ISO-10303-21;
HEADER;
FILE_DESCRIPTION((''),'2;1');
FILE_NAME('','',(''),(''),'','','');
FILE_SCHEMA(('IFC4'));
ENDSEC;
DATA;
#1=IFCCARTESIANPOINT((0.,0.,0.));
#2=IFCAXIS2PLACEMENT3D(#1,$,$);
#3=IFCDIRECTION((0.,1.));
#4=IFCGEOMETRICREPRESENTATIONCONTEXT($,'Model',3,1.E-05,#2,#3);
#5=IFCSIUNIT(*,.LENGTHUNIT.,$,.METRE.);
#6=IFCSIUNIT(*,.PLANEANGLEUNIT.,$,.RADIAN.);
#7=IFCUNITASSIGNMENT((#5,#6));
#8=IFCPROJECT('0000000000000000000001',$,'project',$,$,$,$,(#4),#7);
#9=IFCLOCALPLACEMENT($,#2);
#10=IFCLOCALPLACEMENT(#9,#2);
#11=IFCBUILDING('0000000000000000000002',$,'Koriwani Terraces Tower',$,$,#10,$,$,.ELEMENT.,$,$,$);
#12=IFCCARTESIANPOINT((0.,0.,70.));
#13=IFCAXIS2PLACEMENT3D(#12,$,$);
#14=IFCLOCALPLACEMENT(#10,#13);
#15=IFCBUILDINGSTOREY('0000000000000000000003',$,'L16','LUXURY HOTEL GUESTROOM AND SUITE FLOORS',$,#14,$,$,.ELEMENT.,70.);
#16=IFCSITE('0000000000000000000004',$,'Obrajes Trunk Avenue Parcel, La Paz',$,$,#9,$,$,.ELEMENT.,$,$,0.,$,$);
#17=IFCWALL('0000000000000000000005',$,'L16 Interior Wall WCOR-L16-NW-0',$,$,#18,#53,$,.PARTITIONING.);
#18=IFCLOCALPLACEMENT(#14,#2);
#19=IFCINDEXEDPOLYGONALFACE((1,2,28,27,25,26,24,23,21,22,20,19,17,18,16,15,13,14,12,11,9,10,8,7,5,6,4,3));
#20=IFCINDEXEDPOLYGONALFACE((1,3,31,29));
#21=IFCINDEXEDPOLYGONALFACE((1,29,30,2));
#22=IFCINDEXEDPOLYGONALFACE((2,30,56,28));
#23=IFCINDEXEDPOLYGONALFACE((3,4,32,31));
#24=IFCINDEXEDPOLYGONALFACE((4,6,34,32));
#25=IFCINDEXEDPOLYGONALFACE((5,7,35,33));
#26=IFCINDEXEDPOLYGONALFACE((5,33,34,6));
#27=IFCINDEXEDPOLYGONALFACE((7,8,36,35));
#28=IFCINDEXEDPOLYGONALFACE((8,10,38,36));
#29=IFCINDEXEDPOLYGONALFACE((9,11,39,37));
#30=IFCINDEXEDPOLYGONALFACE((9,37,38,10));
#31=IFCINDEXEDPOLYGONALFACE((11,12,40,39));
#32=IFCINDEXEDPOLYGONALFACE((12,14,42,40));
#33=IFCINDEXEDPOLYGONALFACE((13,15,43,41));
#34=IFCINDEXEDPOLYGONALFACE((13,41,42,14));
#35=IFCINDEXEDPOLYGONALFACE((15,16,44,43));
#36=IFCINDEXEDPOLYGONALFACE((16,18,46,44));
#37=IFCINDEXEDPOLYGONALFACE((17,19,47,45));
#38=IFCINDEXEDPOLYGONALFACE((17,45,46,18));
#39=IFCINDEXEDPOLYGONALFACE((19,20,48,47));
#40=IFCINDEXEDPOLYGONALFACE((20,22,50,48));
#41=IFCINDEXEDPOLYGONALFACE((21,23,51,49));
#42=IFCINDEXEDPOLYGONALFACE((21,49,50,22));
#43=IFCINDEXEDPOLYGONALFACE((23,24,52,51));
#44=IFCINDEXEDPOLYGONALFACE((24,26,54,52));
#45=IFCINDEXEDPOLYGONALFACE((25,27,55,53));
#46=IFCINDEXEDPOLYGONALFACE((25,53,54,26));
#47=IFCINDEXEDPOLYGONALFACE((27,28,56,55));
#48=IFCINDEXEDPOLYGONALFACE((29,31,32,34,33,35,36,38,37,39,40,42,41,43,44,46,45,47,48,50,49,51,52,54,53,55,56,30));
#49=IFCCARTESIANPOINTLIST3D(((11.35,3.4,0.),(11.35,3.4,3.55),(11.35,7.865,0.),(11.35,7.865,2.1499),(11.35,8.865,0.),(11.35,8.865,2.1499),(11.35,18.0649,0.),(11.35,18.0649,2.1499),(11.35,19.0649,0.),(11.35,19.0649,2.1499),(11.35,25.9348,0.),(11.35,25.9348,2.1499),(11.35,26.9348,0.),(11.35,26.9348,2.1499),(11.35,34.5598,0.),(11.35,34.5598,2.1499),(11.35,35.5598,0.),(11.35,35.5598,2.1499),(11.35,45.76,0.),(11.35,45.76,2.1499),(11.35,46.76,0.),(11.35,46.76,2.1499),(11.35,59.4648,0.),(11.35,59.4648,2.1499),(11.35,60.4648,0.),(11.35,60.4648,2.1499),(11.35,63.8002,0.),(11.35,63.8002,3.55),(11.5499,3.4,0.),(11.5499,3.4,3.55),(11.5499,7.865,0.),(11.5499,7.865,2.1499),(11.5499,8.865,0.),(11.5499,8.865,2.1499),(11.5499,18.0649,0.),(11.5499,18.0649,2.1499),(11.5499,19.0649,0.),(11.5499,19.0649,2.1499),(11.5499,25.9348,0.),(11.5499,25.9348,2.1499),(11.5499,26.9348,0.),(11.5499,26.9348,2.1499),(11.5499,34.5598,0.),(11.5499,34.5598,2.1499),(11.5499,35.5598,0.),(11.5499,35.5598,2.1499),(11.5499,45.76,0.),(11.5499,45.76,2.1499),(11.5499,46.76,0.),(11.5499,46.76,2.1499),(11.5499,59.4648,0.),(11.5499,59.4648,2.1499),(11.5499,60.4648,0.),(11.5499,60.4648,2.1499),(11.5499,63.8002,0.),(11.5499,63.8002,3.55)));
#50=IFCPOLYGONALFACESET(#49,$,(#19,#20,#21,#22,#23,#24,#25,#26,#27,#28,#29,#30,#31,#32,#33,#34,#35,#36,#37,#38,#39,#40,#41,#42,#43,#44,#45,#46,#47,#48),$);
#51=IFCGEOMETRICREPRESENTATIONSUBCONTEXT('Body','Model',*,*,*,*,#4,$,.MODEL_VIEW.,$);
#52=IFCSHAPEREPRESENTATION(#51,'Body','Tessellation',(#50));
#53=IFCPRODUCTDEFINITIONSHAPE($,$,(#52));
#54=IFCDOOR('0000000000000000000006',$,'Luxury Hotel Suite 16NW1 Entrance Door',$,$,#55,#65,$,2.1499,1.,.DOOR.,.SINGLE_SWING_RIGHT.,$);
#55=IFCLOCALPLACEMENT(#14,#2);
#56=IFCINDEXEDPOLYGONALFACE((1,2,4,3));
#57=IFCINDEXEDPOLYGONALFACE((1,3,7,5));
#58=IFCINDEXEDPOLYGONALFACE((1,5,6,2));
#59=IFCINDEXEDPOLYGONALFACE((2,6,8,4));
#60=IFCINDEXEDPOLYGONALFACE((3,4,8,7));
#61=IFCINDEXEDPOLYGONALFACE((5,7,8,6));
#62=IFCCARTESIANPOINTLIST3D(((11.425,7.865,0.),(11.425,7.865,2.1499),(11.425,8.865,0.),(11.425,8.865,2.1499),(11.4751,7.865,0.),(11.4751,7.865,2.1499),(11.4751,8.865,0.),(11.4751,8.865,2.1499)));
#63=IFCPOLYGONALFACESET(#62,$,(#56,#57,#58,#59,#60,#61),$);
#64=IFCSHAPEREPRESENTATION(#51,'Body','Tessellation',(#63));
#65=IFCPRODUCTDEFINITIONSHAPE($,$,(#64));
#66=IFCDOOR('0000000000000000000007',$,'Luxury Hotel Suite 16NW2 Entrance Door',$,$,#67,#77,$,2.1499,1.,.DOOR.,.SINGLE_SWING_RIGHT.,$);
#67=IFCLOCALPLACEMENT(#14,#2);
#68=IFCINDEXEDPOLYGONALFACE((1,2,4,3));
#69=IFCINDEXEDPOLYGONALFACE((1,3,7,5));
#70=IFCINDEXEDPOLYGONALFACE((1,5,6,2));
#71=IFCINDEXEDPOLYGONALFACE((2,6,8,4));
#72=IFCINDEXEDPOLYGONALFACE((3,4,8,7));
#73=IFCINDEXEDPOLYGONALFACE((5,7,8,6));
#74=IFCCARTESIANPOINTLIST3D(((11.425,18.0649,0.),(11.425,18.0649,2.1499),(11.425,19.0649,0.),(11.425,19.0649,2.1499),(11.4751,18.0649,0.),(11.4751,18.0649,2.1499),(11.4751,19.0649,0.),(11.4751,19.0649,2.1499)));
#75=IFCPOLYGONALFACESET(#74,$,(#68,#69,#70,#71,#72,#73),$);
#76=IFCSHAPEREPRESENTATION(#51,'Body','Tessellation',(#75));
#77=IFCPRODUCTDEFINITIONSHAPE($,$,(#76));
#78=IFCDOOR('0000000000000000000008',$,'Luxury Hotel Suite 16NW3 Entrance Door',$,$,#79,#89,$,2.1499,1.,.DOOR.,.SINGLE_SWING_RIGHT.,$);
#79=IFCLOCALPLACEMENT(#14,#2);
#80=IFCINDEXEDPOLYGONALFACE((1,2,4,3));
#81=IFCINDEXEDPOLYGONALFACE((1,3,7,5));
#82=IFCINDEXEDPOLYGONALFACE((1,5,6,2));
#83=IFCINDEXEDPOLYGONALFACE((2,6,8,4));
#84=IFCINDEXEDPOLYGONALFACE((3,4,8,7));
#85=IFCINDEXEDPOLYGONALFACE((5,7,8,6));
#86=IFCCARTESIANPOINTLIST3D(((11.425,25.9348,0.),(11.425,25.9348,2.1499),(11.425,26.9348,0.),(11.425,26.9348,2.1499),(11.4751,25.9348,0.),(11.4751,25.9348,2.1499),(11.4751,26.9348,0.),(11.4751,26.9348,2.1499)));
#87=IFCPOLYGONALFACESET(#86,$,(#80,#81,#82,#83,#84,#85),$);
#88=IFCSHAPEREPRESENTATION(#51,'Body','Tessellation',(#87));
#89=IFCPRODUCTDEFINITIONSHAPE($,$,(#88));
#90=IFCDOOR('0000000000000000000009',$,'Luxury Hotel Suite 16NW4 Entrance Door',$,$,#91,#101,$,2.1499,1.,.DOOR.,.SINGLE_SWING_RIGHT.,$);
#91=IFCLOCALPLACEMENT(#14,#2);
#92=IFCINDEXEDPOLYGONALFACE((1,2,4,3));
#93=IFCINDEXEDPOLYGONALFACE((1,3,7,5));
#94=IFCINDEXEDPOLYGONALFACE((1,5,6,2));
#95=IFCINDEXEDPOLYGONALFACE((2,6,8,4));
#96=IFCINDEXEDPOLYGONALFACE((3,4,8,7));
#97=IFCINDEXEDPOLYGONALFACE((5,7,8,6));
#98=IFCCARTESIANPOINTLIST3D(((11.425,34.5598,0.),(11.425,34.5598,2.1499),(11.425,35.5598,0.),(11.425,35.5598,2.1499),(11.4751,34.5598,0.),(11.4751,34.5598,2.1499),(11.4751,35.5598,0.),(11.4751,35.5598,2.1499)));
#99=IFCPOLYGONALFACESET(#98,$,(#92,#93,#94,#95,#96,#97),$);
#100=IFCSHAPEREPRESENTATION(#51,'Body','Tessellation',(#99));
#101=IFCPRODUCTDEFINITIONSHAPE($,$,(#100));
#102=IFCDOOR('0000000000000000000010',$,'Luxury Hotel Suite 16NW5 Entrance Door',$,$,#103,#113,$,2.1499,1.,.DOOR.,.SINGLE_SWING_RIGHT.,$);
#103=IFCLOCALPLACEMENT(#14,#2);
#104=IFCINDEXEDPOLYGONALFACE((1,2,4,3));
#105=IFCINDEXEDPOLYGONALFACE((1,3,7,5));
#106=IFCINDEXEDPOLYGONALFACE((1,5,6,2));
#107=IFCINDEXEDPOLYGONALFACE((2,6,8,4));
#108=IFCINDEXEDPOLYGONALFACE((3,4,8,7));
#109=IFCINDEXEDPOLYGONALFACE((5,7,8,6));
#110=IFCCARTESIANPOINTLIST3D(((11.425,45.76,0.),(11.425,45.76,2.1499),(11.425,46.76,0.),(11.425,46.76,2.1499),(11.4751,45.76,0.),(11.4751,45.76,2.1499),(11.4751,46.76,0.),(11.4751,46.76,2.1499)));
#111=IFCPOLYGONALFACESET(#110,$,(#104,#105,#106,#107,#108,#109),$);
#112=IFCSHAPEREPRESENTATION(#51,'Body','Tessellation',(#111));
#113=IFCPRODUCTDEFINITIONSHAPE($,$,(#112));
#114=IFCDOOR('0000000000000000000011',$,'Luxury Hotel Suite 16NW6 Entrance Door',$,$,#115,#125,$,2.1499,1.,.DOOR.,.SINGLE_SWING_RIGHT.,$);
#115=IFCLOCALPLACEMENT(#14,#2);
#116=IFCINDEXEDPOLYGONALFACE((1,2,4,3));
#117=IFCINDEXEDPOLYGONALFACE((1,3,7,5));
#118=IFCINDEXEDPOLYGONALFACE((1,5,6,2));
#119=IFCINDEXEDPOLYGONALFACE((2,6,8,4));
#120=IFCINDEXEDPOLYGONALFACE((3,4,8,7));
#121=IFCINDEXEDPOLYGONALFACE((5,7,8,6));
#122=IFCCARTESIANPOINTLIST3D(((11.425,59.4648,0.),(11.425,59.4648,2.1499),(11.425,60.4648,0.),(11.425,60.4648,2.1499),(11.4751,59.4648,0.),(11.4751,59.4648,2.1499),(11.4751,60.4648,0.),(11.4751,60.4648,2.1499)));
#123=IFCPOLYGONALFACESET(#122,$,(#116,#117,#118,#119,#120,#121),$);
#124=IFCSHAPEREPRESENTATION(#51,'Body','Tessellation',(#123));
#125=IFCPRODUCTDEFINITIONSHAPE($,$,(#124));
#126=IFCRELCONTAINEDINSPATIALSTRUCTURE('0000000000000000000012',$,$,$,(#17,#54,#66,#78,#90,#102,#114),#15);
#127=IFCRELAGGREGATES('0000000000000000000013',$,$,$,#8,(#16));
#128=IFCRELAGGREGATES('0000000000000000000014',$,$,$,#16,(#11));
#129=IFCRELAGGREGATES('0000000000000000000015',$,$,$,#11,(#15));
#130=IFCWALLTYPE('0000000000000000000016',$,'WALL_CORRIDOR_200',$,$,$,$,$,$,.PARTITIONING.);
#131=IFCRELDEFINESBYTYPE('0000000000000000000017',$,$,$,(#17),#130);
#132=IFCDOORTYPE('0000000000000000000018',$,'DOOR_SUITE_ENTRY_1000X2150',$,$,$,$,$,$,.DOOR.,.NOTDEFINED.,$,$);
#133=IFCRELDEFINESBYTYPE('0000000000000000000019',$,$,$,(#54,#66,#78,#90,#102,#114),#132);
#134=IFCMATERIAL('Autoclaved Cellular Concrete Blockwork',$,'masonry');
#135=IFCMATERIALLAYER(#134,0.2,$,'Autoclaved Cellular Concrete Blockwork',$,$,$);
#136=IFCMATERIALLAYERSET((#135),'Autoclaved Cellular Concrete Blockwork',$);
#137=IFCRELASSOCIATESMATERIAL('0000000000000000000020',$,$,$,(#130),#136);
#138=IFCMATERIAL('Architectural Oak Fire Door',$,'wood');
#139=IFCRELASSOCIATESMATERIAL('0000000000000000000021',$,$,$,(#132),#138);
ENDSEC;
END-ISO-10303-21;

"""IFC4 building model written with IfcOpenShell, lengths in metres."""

from ifc_helpers import new_model, si_unit, direction, frame, frame_2d, origin, place, context, subcontext, project, spatial, rectangle, extrude, material, layer, layer_set, type_object, element, fill, save


model = new_model("IFC4")

# Units and contexts
model_context = context("Model", 3, precision=1e-05, world=origin(), true_north=direction((0.0, 1.0)))
body_context = subcontext(model_context, "Body", "Model", "MODEL_VIEW")
ifc_project = project(units=[si_unit("LENGTHUNIT", "METRE"), si_unit("PLANEANGLEUNIT", "RADIAN")], contexts=[model_context])

# Site, building, storey
site_placement = place(None, origin())
site = spatial("IfcSite", under=ifc_project, at=site_placement, Name="Obrajes Trunk Avenue Parcel, La Paz", CompositionType="ELEMENT", RefElevation=0.0)
building_placement = place(site_placement, origin())
building = spatial("IfcBuilding", under=site, at=building_placement, Name="Koriwani Terraces Tower", CompositionType="ELEMENT")
storey_placement = place(building_placement, frame((0.0, 0.0, 70.0)))
storey = spatial("IfcBuildingStorey", under=building, at=storey_placement, Name="L16", Description="LUXURY HOTEL GUESTROOM AND SUITE FLOORS", CompositionType="ELEMENT", Elevation=70.0)

# Shared definitions
ifc_material_1 = material(Name="Autoclaved Cellular Concrete Blockwork", Category="masonry")
ifc_layer_1 = layer(ifc_material_1, 0.2, Name="Autoclaved Cellular Concrete Blockwork")
ifc_layer_set_1 = layer_set([ifc_layer_1], Name="Autoclaved Cellular Concrete Blockwork")
wall_type_1 = type_object("IfcWallType", Name="WALL_CORRIDOR_200", PredefinedType="PARTITIONING", material=ifc_layer_set_1)
ifc_material_2 = material(Name="Architectural Oak Fire Door", Category="wood")

# Wall, openings, doors
wall_1_placement = place(storey_placement, frame((11.45, 3.3999, 0.0), z_axis=(0.0, 0.0, 1.0), x_axis=(0.0, 1.0, 0.0)))
wall_1 = element("IfcWall", 1, at=wall_1_placement, inside=storey, type_object=wall_type_1, Name="L16 Interior Wall WCOR-L16-NW-0", PredefinedType="PARTITIONING", context=body_context, shape_type="SweptSolid", body=[
    extrude(rectangle(XDim=60.4001, YDim=0.2, at=frame_2d((30.2002, 0.0))), origin(), (0.0, 0.0, 1.0), 3.55),
])
opening_1_placement = place(wall_1_placement, frame((4.4651, 0.0, 0.0)))
opening_1 = element("IfcOpeningElement", 2, at=opening_1_placement, cuts=wall_1, PredefinedType="OPENING", context=body_context, shape_type="SweptSolid", body=[
    extrude(rectangle(XDim=1.0, YDim=2.1499, at=frame_2d((0.5, 1.075))), frame((0.0, 0.1099, 0.0), z_axis=(0.0, -1.0, 0.0), x_axis=(1.0, 0.0, 0.0)), (0.0, 0.0, 1.0), 0.22),
])
opening_2_placement = place(wall_1_placement, frame((14.665, 0.0, 0.0)))
opening_2 = element("IfcOpeningElement", 3, at=opening_2_placement, cuts=wall_1, PredefinedType="OPENING", context=body_context, shape_type="SweptSolid", body=[
    extrude(rectangle(XDim=1.0, YDim=2.1499, at=frame_2d((0.5, 1.075))), frame((0.0, 0.1099, 0.0), z_axis=(0.0, -1.0, 0.0), x_axis=(1.0, 0.0, 0.0)), (0.0, 0.0, 1.0), 0.22),
])
opening_3_placement = place(wall_1_placement, frame((22.5349, 0.0, 0.0)))
opening_3 = element("IfcOpeningElement", 4, at=opening_3_placement, cuts=wall_1, PredefinedType="OPENING", context=body_context, shape_type="SweptSolid", body=[
    extrude(rectangle(XDim=1.0, YDim=2.1499, at=frame_2d((0.5, 1.075))), frame((0.0, 0.1099, 0.0), z_axis=(0.0, -1.0, 0.0), x_axis=(1.0, 0.0, 0.0)), (0.0, 0.0, 1.0), 0.22),
])
opening_4_placement = place(wall_1_placement, frame((31.1599, 0.0, 0.0)))
opening_4 = element("IfcOpeningElement", 5, at=opening_4_placement, cuts=wall_1, PredefinedType="OPENING", context=body_context, shape_type="SweptSolid", body=[
    extrude(rectangle(XDim=1.0, YDim=2.1499, at=frame_2d((0.5, 1.075))), frame((0.0, 0.1099, 0.0), z_axis=(0.0, -1.0, 0.0), x_axis=(1.0, 0.0, 0.0)), (0.0, 0.0, 1.0), 0.22),
])
opening_5_placement = place(wall_1_placement, frame((42.3601, 0.0, 0.0)))
opening_5 = element("IfcOpeningElement", 6, at=opening_5_placement, cuts=wall_1, PredefinedType="OPENING", context=body_context, shape_type="SweptSolid", body=[
    extrude(rectangle(XDim=1.0, YDim=2.1499, at=frame_2d((0.5, 1.075))), frame((0.0, 0.1099, 0.0), z_axis=(0.0, -1.0, 0.0), x_axis=(1.0, 0.0, 0.0)), (0.0, 0.0, 1.0), 0.22),
])
opening_6_placement = place(wall_1_placement, frame((56.0649, 0.0, 0.0)))
opening_6 = element("IfcOpeningElement", 7, at=opening_6_placement, cuts=wall_1, PredefinedType="OPENING", context=body_context, shape_type="SweptSolid", body=[
    extrude(rectangle(XDim=1.0, YDim=2.1499, at=frame_2d((0.5, 1.075))), frame((0.0, 0.1099, 0.0), z_axis=(0.0, -1.0, 0.0), x_axis=(1.0, 0.0, 0.0)), (0.0, 0.0, 1.0), 0.22),
])
door_type_1 = type_object("IfcDoorType", Name="DOOR_SUITE_ENTRY_1000X2150", OperationType="NOTDEFINED", PredefinedType="DOOR", material=ifc_material_2)
door_1_placement = place(opening_1_placement, origin())
door_1 = element("IfcDoor", 8, at=door_1_placement, inside=storey, type_object=door_type_1, Name="Luxury Hotel Suite 16NW1 Entrance Door", OperationType="SINGLE_SWING_RIGHT", OverallHeight=2.1499, OverallWidth=1.0, PredefinedType="DOOR", context=body_context, shape_type="SweptSolid", body=[
    extrude(rectangle(XDim=1.0, YDim=2.1499, at=frame_2d((0.5, 1.075))), frame((0.0, 0.0249, 0.0), z_axis=(0.0, -1.0, 0.0), x_axis=(1.0, 0.0, 0.0)), (0.0, 0.0, 1.0), 0.05),
])
fill(opening_1, door_1)
door_2_placement = place(opening_2_placement, origin())
door_2 = element("IfcDoor", 9, at=door_2_placement, inside=storey, type_object=door_type_1, Name="Luxury Hotel Suite 16NW2 Entrance Door", OperationType="SINGLE_SWING_RIGHT", OverallHeight=2.1499, OverallWidth=1.0, PredefinedType="DOOR", context=body_context, shape_type="SweptSolid", body=[
    extrude(rectangle(XDim=1.0, YDim=2.1499, at=frame_2d((0.5, 1.075))), frame((0.0, 0.0249, 0.0), z_axis=(0.0, -1.0, 0.0), x_axis=(1.0, 0.0, 0.0)), (0.0, 0.0, 1.0), 0.05),
])
fill(opening_2, door_2)
door_3_placement = place(opening_3_placement, origin())
door_3 = element("IfcDoor", 10, at=door_3_placement, inside=storey, type_object=door_type_1, Name="Luxury Hotel Suite 16NW3 Entrance Door", OperationType="SINGLE_SWING_RIGHT", OverallHeight=2.1499, OverallWidth=1.0, PredefinedType="DOOR", context=body_context, shape_type="SweptSolid", body=[
    extrude(rectangle(XDim=1.0, YDim=2.1499, at=frame_2d((0.5, 1.075))), frame((0.0, 0.0249, 0.0), z_axis=(0.0, -1.0, 0.0), x_axis=(1.0, 0.0, 0.0)), (0.0, 0.0, 1.0), 0.05),
])
fill(opening_3, door_3)
door_4_placement = place(opening_4_placement, origin())
door_4 = element("IfcDoor", 11, at=door_4_placement, inside=storey, type_object=door_type_1, Name="Luxury Hotel Suite 16NW4 Entrance Door", OperationType="SINGLE_SWING_RIGHT", OverallHeight=2.1499, OverallWidth=1.0, PredefinedType="DOOR", context=body_context, shape_type="SweptSolid", body=[
    extrude(rectangle(XDim=1.0, YDim=2.1499, at=frame_2d((0.5, 1.075))), frame((0.0, 0.0249, 0.0), z_axis=(0.0, -1.0, 0.0), x_axis=(1.0, 0.0, 0.0)), (0.0, 0.0, 1.0), 0.05),
])
fill(opening_4, door_4)
door_5_placement = place(opening_5_placement, origin())
door_5 = element("IfcDoor", 12, at=door_5_placement, inside=storey, type_object=door_type_1, Name="Luxury Hotel Suite 16NW5 Entrance Door", OperationType="SINGLE_SWING_RIGHT", OverallHeight=2.1499, OverallWidth=1.0, PredefinedType="DOOR", context=body_context, shape_type="SweptSolid", body=[
    extrude(rectangle(XDim=1.0, YDim=2.1499, at=frame_2d((0.5, 1.075))), frame((0.0, 0.0249, 0.0), z_axis=(0.0, -1.0, 0.0), x_axis=(1.0, 0.0, 0.0)), (0.0, 0.0, 1.0), 0.05),
])
fill(opening_5, door_5)
door_6_placement = place(opening_6_placement, origin())
door_6 = element("IfcDoor", 13, at=door_6_placement, inside=storey, type_object=door_type_1, Name="Luxury Hotel Suite 16NW6 Entrance Door", OperationType="SINGLE_SWING_RIGHT", OverallHeight=2.1499, OverallWidth=1.0, PredefinedType="DOOR", context=body_context, shape_type="SweptSolid", body=[
    extrude(rectangle(XDim=1.0, YDim=2.1499, at=frame_2d((0.5, 1.075))), frame((0.0, 0.0249, 0.0), z_axis=(0.0, -1.0, 0.0), x_axis=(1.0, 0.0, 0.0)), (0.0, 0.0, 1.0), 0.05),
])
fill(opening_6, door_6)

save(model, "model.ifc")
